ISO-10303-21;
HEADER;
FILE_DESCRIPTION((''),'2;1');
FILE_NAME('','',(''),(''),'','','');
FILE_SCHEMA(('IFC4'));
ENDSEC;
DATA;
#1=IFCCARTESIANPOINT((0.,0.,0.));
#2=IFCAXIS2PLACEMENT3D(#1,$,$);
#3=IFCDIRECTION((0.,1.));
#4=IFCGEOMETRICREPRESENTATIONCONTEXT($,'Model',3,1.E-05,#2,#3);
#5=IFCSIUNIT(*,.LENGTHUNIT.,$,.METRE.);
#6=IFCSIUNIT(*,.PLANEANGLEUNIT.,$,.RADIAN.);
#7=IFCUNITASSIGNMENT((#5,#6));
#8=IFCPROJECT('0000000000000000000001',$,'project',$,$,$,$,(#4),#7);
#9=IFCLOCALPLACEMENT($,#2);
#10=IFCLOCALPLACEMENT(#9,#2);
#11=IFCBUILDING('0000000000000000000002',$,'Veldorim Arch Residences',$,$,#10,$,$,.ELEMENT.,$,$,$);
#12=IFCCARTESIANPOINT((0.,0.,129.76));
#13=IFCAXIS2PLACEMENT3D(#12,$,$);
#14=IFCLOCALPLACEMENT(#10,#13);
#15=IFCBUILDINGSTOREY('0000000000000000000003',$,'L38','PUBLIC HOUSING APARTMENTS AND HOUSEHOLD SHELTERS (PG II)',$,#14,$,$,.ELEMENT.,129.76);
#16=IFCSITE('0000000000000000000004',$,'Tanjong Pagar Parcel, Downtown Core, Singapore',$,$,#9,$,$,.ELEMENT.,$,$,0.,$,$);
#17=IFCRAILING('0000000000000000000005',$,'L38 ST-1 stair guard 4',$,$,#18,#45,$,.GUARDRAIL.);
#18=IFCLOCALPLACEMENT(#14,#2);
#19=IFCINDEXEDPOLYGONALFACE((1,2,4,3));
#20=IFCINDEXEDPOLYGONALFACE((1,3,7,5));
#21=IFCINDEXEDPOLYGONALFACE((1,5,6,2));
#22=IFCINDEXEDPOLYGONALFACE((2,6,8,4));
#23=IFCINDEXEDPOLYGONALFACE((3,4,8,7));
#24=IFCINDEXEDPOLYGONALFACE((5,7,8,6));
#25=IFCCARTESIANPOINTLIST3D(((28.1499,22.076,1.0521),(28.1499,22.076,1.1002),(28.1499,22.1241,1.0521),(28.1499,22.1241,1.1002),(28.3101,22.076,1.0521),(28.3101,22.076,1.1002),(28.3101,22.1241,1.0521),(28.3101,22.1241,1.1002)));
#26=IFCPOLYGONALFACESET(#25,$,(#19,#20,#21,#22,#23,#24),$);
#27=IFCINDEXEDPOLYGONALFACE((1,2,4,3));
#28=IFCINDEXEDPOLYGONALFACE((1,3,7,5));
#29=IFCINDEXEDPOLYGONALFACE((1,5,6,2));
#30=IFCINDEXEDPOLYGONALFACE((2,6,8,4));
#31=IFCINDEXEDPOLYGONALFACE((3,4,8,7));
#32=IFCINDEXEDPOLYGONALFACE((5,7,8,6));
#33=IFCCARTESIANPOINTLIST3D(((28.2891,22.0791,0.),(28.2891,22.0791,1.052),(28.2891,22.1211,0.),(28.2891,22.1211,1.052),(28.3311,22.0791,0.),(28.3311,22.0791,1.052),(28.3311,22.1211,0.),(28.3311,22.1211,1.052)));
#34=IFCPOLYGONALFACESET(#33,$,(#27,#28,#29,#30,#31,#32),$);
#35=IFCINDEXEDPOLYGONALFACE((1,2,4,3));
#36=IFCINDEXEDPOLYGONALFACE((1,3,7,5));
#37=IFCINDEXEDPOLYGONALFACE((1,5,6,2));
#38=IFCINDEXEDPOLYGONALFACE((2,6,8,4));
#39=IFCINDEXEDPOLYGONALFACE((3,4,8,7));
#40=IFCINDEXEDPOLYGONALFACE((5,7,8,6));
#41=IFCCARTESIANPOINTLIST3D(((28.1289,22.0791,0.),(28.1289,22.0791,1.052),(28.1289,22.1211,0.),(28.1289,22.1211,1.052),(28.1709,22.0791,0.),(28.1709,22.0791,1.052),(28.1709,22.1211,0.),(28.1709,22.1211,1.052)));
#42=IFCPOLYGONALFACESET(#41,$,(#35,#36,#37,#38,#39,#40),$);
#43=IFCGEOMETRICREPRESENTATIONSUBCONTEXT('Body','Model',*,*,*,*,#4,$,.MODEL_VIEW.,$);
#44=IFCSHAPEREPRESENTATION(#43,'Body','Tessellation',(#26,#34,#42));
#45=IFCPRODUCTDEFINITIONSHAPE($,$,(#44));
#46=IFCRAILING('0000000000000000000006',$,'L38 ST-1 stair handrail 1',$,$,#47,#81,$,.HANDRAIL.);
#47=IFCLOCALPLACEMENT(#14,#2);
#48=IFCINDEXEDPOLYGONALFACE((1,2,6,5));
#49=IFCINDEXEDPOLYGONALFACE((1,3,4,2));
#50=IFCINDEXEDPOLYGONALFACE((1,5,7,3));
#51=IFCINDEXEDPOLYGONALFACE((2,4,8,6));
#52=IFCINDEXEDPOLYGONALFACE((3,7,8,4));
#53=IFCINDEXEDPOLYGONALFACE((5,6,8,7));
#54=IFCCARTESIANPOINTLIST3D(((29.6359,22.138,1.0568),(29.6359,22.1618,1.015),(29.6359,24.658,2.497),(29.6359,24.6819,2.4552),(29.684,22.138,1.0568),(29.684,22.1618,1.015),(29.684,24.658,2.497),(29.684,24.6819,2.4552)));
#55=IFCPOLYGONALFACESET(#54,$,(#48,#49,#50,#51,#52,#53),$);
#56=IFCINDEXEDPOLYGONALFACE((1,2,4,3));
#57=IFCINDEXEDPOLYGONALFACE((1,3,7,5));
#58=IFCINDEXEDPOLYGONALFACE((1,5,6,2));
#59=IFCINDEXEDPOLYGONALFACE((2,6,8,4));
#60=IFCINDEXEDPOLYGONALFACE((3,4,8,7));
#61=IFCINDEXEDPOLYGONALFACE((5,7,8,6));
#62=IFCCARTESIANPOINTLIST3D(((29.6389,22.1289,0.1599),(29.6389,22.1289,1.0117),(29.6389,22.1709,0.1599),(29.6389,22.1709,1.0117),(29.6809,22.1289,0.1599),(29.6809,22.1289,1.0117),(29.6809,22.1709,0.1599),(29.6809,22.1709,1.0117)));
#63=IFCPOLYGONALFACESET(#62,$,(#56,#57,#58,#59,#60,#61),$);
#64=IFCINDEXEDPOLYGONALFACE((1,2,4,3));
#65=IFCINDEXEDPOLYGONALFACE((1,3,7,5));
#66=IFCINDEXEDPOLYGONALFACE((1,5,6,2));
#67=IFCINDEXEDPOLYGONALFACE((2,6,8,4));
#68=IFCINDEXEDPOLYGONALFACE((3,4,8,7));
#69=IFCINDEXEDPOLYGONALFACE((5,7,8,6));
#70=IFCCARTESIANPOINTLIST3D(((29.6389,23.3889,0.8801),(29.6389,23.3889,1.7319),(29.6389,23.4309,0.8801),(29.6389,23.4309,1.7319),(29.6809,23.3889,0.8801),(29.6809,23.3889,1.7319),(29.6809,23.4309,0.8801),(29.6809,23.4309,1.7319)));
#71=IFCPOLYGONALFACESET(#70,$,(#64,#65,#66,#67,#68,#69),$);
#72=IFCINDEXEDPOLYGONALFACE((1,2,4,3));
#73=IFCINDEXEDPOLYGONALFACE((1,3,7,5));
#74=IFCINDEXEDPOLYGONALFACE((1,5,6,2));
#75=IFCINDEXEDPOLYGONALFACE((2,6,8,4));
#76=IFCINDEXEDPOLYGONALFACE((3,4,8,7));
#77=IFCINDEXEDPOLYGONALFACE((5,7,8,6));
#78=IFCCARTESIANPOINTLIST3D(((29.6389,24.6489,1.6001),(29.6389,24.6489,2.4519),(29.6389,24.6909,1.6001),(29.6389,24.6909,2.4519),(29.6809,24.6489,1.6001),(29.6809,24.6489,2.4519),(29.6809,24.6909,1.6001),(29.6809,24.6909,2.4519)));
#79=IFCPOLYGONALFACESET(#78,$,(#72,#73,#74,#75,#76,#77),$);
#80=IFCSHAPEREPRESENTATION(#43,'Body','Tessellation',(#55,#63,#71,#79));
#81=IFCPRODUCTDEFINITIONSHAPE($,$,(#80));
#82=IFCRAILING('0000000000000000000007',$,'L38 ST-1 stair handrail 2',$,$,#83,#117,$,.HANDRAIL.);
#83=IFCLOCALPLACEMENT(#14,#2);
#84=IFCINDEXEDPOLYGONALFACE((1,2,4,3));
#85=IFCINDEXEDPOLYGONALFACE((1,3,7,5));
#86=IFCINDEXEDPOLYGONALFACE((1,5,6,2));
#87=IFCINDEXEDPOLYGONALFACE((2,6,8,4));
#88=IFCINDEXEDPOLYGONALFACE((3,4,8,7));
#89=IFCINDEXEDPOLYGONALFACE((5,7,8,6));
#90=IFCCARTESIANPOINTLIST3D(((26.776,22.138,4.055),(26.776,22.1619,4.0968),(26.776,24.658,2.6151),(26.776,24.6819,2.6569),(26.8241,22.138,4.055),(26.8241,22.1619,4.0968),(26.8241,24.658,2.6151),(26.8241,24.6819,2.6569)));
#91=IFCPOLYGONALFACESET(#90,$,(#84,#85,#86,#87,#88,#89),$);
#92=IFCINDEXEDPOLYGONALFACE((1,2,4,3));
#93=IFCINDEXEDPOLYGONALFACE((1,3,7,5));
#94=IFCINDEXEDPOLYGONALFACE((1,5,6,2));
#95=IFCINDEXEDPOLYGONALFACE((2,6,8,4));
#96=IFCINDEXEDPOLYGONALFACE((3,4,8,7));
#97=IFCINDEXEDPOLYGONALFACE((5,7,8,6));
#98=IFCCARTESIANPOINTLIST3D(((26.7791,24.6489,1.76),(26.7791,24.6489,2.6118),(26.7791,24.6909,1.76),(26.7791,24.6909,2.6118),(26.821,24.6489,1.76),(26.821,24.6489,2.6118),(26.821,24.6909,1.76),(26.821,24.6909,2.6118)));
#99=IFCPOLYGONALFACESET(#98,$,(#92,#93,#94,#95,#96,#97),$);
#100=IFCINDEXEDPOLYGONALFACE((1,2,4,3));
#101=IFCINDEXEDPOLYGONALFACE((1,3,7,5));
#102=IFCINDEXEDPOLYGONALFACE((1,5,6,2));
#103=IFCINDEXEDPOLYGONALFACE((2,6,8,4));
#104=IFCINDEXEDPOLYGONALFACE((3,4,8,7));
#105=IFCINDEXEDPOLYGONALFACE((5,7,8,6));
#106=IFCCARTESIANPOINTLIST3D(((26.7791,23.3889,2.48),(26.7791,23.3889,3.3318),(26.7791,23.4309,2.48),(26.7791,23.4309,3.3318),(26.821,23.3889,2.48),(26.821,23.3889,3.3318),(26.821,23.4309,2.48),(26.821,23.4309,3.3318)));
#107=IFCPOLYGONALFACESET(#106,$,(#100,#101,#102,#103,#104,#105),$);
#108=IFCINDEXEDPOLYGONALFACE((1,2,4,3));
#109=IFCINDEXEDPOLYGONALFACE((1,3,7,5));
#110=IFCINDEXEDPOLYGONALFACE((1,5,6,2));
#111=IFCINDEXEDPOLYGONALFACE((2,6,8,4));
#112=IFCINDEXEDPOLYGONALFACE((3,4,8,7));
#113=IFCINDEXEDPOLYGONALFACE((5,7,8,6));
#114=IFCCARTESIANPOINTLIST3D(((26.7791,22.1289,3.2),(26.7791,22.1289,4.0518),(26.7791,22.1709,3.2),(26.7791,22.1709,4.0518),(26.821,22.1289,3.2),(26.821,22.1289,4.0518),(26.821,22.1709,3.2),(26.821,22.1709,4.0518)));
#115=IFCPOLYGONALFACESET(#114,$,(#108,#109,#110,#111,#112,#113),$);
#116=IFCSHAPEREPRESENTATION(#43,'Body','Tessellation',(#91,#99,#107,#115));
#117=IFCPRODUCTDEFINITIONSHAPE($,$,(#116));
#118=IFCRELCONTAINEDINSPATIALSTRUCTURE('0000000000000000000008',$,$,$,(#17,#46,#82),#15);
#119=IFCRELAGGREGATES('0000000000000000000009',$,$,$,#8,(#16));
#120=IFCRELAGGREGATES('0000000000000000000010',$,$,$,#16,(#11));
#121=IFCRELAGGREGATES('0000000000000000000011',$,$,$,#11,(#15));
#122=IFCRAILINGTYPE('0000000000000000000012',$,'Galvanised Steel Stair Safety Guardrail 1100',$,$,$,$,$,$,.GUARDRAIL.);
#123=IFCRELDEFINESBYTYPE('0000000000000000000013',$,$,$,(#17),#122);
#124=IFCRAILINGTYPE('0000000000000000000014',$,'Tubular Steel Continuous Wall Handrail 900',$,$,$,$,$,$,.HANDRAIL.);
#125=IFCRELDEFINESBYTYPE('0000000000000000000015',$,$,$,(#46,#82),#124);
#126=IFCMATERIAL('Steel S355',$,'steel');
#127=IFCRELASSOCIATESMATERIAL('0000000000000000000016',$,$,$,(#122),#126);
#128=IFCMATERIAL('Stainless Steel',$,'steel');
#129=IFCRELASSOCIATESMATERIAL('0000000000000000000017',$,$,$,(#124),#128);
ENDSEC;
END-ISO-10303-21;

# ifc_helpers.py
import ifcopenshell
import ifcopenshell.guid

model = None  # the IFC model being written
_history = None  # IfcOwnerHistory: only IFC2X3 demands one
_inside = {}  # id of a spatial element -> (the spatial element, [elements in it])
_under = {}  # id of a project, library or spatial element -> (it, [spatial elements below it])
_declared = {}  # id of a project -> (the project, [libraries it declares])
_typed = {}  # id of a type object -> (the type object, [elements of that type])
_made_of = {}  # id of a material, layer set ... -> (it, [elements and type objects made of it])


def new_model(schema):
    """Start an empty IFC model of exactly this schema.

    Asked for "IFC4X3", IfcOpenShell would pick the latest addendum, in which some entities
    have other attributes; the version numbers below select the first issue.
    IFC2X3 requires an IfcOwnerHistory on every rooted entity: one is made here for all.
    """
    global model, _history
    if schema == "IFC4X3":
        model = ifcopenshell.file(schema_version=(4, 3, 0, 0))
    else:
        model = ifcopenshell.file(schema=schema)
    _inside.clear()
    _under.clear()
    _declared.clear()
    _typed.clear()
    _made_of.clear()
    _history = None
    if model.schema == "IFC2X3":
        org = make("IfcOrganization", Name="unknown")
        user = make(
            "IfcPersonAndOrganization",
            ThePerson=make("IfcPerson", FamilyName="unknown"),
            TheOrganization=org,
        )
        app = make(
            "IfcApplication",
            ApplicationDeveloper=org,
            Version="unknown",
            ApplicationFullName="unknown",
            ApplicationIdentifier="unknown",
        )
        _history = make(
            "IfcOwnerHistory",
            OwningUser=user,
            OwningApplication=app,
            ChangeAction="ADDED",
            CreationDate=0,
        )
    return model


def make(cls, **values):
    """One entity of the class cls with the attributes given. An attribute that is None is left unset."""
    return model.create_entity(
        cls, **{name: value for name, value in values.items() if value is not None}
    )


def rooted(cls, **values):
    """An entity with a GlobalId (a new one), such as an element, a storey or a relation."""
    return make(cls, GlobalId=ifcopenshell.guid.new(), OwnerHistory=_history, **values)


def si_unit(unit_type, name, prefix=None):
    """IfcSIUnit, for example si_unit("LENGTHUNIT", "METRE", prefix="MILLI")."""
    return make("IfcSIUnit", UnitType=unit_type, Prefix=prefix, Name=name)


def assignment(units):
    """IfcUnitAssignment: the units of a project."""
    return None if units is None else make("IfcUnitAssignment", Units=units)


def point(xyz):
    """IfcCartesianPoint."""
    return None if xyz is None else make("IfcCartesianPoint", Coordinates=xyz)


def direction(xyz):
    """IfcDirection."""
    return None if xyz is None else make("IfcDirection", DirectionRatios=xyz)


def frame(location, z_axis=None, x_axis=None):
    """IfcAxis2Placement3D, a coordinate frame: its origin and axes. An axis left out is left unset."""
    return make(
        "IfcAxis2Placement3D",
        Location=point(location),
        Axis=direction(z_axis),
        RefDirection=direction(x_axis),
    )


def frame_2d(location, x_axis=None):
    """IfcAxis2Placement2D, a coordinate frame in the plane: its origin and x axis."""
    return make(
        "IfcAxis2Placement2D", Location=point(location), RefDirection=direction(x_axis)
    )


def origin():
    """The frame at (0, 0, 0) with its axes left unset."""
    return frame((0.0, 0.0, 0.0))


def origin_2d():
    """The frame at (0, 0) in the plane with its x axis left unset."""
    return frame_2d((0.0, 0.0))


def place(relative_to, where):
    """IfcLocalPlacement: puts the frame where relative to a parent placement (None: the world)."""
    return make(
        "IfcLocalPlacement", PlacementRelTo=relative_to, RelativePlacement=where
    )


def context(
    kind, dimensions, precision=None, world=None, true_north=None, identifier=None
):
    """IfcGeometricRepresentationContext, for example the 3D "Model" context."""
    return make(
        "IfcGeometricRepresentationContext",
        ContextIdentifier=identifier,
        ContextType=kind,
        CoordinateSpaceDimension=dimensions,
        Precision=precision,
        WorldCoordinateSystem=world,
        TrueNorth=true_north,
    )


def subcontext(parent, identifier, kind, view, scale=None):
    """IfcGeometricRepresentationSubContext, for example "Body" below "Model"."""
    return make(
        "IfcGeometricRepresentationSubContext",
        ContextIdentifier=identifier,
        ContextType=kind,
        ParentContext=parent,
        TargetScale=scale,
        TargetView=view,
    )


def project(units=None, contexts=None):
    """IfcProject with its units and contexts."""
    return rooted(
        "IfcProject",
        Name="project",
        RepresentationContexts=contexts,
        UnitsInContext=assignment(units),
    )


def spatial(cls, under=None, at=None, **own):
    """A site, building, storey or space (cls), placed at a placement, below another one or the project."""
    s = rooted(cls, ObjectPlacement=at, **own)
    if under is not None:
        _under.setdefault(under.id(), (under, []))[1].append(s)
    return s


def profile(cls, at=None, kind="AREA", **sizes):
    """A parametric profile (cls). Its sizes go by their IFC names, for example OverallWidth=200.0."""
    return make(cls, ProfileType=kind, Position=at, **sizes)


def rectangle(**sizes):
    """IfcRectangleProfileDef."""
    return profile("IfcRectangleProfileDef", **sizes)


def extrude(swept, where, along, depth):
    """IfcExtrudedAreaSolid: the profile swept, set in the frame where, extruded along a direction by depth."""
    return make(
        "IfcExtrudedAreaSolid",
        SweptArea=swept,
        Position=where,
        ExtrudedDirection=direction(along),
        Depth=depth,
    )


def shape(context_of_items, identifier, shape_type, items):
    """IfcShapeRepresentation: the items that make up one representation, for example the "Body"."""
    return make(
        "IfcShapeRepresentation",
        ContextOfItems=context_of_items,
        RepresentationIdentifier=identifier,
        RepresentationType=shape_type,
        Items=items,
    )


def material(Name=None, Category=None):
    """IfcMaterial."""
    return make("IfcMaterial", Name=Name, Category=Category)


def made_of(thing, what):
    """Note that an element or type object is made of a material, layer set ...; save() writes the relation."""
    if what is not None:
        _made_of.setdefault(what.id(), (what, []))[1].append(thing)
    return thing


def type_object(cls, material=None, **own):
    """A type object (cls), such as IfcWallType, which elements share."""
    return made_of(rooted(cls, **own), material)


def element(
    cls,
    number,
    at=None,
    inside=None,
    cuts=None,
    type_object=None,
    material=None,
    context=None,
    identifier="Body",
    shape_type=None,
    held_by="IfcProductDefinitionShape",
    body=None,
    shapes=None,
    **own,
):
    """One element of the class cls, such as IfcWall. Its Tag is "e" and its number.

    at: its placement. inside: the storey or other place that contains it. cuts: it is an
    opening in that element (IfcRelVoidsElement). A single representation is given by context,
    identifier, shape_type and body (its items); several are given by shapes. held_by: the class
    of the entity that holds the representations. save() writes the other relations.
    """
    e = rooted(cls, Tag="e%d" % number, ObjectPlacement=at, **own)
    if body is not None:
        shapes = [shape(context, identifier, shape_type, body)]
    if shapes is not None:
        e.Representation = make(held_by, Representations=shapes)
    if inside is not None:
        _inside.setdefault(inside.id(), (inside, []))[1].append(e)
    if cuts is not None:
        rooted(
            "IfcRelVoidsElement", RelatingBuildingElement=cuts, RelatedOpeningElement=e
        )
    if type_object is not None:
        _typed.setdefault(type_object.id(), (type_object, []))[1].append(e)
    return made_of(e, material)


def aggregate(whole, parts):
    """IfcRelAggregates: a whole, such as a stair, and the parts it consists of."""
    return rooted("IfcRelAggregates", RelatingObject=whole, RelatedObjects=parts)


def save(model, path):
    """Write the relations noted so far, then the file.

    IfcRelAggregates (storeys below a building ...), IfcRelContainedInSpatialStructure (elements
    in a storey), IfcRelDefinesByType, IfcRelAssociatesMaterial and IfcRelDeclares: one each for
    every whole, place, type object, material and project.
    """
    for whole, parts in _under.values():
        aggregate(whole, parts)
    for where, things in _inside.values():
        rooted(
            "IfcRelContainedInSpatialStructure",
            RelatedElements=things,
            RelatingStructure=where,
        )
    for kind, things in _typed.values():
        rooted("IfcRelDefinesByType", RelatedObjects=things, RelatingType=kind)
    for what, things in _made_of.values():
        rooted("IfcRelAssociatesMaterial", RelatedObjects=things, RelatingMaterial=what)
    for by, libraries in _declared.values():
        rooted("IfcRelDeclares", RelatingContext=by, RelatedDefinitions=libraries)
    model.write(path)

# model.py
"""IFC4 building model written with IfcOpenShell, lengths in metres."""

from ifc_helpers import new_model, si_unit, direction, frame, origin, origin_2d, place, context, subcontext, project, spatial, rectangle, extrude, material, type_object, element, save


model = new_model("IFC4")

# Units and contexts
model_context = context("Model", 3, precision=1e-05, world=origin(), true_north=direction((0.0, 1.0)))
body_context = subcontext(model_context, "Body", "Model", "MODEL_VIEW")
ifc_project = project(units=[si_unit("LENGTHUNIT", "METRE"), si_unit("PLANEANGLEUNIT", "RADIAN")], contexts=[model_context])

# Site, building, storey
site_placement = place(None, origin())
site = spatial("IfcSite", under=ifc_project, at=site_placement, Name="Tanjong Pagar Parcel, Downtown Core, Singapore", CompositionType="ELEMENT", RefElevation=0.0)
building_placement = place(site_placement, origin())
building = spatial("IfcBuilding", under=site, at=building_placement, Name="Veldorim Arch Residences", CompositionType="ELEMENT")
storey_placement = place(building_placement, frame((0.0, 0.0, 129.76)))
storey = spatial("IfcBuildingStorey", under=building, at=storey_placement, Name="L38", Description="PUBLIC HOUSING APARTMENTS AND HOUSEHOLD SHELTERS (PG II)", CompositionType="ELEMENT", Elevation=129.76)

# Railings
ifc_material_1 = material(Name="Steel S355", Category="steel")
railing_type_1 = type_object("IfcRailingType", Name="Galvanised Steel Stair Safety Guardrail 1100", PredefinedType="GUARDRAIL", material=ifc_material_1)
railing_1_placement = place(storey_placement, frame((28.3101, 22.1001, 0.0)))
element("IfcRailing", 1, at=railing_1_placement, inside=storey, type_object=railing_type_1, Name="L38 ST-1 stair guard 4", PredefinedType="GUARDRAIL", context=body_context, shape_type="SweptSolid", body=[
    extrude(rectangle(XDim=0.0481, YDim=0.0481, at=origin_2d()), frame((0.0, 0.0, 1.0762), z_axis=(-1.0, 0.0, 0.0), x_axis=(0.0, -1.0, 0.0)), (0.0, 0.0, 1.0), 0.1602),
    extrude(rectangle(XDim=0.042, YDim=0.042, at=origin_2d()), origin(), (0.0, 0.0, 1.0), 1.052),
    extrude(rectangle(XDim=0.042, YDim=0.042, at=origin_2d()), frame((-0.1602, 0.0, 0.0)), (0.0, 0.0, 1.0), 1.052),
])
ifc_material_2 = material(Name="Stainless Steel", Category="steel")
railing_type_2 = type_object("IfcRailingType", Name="Tubular Steel Continuous Wall Handrail 900", PredefinedType="HANDRAIL", material=ifc_material_2)
railing_2_placement = place(storey_placement, frame((29.6599, 22.1499, 0.1599)))
element("IfcRailing", 2, at=railing_2_placement, inside=storey, type_object=railing_type_2, Name="L38 ST-1 stair handrail 1", PredefinedType="HANDRAIL", context=body_context, shape_type="SweptSolid", body=[
    extrude(rectangle(XDim=0.0481, YDim=0.0481, at=origin_2d()), frame((0.0, 0.0, 0.876), z_axis=(0.0, 0.868217, 0.496184), x_axis=(-1.0, 0.0, 0.0)), (0.0, 0.0, 1.0), 2.9026),
    extrude(rectangle(XDim=0.042, YDim=0.042, at=origin_2d()), origin(), (0.0, 0.0, 1.0), 0.8518),
    extrude(rectangle(XDim=0.042, YDim=0.042, at=origin_2d()), frame((0.0, 1.26, 0.7202)), (0.0, 0.0, 1.0), 0.8518),
    extrude(rectangle(XDim=0.042, YDim=0.042, at=origin_2d()), frame((0.0, 2.52, 1.4402)), (0.0, 0.0, 1.0), 0.8518),
])
railing_3_placement = place(storey_placement, frame((26.8, 24.6699, 1.76)))
element("IfcRailing", 3, at=railing_3_placement, inside=storey, type_object=railing_type_2, Name="L38 ST-1 stair handrail 2", PredefinedType="HANDRAIL", context=body_context, shape_type="SweptSolid", body=[
    extrude(rectangle(XDim=0.0481, YDim=0.0481, at=origin_2d()), frame((0.0, 0.0, 0.876), z_axis=(0.0, -0.868253, 0.496121), x_axis=(1.0, 0.0, 0.0)), (0.0, 0.0, 1.0), 2.9023),
    extrude(rectangle(XDim=0.042, YDim=0.042, at=origin_2d()), origin(), (0.0, 0.0, 1.0), 0.8518),
    extrude(rectangle(XDim=0.042, YDim=0.042, at=origin_2d()), frame((0.0, -1.26, 0.72)), (0.0, 0.0, 1.0), 0.8518),
    extrude(rectangle(XDim=0.042, YDim=0.042, at=origin_2d()), frame((0.0, -2.52, 1.4399)), (0.0, 0.0, 1.0), 0.8518),
])

save(model, "model.ifc")
